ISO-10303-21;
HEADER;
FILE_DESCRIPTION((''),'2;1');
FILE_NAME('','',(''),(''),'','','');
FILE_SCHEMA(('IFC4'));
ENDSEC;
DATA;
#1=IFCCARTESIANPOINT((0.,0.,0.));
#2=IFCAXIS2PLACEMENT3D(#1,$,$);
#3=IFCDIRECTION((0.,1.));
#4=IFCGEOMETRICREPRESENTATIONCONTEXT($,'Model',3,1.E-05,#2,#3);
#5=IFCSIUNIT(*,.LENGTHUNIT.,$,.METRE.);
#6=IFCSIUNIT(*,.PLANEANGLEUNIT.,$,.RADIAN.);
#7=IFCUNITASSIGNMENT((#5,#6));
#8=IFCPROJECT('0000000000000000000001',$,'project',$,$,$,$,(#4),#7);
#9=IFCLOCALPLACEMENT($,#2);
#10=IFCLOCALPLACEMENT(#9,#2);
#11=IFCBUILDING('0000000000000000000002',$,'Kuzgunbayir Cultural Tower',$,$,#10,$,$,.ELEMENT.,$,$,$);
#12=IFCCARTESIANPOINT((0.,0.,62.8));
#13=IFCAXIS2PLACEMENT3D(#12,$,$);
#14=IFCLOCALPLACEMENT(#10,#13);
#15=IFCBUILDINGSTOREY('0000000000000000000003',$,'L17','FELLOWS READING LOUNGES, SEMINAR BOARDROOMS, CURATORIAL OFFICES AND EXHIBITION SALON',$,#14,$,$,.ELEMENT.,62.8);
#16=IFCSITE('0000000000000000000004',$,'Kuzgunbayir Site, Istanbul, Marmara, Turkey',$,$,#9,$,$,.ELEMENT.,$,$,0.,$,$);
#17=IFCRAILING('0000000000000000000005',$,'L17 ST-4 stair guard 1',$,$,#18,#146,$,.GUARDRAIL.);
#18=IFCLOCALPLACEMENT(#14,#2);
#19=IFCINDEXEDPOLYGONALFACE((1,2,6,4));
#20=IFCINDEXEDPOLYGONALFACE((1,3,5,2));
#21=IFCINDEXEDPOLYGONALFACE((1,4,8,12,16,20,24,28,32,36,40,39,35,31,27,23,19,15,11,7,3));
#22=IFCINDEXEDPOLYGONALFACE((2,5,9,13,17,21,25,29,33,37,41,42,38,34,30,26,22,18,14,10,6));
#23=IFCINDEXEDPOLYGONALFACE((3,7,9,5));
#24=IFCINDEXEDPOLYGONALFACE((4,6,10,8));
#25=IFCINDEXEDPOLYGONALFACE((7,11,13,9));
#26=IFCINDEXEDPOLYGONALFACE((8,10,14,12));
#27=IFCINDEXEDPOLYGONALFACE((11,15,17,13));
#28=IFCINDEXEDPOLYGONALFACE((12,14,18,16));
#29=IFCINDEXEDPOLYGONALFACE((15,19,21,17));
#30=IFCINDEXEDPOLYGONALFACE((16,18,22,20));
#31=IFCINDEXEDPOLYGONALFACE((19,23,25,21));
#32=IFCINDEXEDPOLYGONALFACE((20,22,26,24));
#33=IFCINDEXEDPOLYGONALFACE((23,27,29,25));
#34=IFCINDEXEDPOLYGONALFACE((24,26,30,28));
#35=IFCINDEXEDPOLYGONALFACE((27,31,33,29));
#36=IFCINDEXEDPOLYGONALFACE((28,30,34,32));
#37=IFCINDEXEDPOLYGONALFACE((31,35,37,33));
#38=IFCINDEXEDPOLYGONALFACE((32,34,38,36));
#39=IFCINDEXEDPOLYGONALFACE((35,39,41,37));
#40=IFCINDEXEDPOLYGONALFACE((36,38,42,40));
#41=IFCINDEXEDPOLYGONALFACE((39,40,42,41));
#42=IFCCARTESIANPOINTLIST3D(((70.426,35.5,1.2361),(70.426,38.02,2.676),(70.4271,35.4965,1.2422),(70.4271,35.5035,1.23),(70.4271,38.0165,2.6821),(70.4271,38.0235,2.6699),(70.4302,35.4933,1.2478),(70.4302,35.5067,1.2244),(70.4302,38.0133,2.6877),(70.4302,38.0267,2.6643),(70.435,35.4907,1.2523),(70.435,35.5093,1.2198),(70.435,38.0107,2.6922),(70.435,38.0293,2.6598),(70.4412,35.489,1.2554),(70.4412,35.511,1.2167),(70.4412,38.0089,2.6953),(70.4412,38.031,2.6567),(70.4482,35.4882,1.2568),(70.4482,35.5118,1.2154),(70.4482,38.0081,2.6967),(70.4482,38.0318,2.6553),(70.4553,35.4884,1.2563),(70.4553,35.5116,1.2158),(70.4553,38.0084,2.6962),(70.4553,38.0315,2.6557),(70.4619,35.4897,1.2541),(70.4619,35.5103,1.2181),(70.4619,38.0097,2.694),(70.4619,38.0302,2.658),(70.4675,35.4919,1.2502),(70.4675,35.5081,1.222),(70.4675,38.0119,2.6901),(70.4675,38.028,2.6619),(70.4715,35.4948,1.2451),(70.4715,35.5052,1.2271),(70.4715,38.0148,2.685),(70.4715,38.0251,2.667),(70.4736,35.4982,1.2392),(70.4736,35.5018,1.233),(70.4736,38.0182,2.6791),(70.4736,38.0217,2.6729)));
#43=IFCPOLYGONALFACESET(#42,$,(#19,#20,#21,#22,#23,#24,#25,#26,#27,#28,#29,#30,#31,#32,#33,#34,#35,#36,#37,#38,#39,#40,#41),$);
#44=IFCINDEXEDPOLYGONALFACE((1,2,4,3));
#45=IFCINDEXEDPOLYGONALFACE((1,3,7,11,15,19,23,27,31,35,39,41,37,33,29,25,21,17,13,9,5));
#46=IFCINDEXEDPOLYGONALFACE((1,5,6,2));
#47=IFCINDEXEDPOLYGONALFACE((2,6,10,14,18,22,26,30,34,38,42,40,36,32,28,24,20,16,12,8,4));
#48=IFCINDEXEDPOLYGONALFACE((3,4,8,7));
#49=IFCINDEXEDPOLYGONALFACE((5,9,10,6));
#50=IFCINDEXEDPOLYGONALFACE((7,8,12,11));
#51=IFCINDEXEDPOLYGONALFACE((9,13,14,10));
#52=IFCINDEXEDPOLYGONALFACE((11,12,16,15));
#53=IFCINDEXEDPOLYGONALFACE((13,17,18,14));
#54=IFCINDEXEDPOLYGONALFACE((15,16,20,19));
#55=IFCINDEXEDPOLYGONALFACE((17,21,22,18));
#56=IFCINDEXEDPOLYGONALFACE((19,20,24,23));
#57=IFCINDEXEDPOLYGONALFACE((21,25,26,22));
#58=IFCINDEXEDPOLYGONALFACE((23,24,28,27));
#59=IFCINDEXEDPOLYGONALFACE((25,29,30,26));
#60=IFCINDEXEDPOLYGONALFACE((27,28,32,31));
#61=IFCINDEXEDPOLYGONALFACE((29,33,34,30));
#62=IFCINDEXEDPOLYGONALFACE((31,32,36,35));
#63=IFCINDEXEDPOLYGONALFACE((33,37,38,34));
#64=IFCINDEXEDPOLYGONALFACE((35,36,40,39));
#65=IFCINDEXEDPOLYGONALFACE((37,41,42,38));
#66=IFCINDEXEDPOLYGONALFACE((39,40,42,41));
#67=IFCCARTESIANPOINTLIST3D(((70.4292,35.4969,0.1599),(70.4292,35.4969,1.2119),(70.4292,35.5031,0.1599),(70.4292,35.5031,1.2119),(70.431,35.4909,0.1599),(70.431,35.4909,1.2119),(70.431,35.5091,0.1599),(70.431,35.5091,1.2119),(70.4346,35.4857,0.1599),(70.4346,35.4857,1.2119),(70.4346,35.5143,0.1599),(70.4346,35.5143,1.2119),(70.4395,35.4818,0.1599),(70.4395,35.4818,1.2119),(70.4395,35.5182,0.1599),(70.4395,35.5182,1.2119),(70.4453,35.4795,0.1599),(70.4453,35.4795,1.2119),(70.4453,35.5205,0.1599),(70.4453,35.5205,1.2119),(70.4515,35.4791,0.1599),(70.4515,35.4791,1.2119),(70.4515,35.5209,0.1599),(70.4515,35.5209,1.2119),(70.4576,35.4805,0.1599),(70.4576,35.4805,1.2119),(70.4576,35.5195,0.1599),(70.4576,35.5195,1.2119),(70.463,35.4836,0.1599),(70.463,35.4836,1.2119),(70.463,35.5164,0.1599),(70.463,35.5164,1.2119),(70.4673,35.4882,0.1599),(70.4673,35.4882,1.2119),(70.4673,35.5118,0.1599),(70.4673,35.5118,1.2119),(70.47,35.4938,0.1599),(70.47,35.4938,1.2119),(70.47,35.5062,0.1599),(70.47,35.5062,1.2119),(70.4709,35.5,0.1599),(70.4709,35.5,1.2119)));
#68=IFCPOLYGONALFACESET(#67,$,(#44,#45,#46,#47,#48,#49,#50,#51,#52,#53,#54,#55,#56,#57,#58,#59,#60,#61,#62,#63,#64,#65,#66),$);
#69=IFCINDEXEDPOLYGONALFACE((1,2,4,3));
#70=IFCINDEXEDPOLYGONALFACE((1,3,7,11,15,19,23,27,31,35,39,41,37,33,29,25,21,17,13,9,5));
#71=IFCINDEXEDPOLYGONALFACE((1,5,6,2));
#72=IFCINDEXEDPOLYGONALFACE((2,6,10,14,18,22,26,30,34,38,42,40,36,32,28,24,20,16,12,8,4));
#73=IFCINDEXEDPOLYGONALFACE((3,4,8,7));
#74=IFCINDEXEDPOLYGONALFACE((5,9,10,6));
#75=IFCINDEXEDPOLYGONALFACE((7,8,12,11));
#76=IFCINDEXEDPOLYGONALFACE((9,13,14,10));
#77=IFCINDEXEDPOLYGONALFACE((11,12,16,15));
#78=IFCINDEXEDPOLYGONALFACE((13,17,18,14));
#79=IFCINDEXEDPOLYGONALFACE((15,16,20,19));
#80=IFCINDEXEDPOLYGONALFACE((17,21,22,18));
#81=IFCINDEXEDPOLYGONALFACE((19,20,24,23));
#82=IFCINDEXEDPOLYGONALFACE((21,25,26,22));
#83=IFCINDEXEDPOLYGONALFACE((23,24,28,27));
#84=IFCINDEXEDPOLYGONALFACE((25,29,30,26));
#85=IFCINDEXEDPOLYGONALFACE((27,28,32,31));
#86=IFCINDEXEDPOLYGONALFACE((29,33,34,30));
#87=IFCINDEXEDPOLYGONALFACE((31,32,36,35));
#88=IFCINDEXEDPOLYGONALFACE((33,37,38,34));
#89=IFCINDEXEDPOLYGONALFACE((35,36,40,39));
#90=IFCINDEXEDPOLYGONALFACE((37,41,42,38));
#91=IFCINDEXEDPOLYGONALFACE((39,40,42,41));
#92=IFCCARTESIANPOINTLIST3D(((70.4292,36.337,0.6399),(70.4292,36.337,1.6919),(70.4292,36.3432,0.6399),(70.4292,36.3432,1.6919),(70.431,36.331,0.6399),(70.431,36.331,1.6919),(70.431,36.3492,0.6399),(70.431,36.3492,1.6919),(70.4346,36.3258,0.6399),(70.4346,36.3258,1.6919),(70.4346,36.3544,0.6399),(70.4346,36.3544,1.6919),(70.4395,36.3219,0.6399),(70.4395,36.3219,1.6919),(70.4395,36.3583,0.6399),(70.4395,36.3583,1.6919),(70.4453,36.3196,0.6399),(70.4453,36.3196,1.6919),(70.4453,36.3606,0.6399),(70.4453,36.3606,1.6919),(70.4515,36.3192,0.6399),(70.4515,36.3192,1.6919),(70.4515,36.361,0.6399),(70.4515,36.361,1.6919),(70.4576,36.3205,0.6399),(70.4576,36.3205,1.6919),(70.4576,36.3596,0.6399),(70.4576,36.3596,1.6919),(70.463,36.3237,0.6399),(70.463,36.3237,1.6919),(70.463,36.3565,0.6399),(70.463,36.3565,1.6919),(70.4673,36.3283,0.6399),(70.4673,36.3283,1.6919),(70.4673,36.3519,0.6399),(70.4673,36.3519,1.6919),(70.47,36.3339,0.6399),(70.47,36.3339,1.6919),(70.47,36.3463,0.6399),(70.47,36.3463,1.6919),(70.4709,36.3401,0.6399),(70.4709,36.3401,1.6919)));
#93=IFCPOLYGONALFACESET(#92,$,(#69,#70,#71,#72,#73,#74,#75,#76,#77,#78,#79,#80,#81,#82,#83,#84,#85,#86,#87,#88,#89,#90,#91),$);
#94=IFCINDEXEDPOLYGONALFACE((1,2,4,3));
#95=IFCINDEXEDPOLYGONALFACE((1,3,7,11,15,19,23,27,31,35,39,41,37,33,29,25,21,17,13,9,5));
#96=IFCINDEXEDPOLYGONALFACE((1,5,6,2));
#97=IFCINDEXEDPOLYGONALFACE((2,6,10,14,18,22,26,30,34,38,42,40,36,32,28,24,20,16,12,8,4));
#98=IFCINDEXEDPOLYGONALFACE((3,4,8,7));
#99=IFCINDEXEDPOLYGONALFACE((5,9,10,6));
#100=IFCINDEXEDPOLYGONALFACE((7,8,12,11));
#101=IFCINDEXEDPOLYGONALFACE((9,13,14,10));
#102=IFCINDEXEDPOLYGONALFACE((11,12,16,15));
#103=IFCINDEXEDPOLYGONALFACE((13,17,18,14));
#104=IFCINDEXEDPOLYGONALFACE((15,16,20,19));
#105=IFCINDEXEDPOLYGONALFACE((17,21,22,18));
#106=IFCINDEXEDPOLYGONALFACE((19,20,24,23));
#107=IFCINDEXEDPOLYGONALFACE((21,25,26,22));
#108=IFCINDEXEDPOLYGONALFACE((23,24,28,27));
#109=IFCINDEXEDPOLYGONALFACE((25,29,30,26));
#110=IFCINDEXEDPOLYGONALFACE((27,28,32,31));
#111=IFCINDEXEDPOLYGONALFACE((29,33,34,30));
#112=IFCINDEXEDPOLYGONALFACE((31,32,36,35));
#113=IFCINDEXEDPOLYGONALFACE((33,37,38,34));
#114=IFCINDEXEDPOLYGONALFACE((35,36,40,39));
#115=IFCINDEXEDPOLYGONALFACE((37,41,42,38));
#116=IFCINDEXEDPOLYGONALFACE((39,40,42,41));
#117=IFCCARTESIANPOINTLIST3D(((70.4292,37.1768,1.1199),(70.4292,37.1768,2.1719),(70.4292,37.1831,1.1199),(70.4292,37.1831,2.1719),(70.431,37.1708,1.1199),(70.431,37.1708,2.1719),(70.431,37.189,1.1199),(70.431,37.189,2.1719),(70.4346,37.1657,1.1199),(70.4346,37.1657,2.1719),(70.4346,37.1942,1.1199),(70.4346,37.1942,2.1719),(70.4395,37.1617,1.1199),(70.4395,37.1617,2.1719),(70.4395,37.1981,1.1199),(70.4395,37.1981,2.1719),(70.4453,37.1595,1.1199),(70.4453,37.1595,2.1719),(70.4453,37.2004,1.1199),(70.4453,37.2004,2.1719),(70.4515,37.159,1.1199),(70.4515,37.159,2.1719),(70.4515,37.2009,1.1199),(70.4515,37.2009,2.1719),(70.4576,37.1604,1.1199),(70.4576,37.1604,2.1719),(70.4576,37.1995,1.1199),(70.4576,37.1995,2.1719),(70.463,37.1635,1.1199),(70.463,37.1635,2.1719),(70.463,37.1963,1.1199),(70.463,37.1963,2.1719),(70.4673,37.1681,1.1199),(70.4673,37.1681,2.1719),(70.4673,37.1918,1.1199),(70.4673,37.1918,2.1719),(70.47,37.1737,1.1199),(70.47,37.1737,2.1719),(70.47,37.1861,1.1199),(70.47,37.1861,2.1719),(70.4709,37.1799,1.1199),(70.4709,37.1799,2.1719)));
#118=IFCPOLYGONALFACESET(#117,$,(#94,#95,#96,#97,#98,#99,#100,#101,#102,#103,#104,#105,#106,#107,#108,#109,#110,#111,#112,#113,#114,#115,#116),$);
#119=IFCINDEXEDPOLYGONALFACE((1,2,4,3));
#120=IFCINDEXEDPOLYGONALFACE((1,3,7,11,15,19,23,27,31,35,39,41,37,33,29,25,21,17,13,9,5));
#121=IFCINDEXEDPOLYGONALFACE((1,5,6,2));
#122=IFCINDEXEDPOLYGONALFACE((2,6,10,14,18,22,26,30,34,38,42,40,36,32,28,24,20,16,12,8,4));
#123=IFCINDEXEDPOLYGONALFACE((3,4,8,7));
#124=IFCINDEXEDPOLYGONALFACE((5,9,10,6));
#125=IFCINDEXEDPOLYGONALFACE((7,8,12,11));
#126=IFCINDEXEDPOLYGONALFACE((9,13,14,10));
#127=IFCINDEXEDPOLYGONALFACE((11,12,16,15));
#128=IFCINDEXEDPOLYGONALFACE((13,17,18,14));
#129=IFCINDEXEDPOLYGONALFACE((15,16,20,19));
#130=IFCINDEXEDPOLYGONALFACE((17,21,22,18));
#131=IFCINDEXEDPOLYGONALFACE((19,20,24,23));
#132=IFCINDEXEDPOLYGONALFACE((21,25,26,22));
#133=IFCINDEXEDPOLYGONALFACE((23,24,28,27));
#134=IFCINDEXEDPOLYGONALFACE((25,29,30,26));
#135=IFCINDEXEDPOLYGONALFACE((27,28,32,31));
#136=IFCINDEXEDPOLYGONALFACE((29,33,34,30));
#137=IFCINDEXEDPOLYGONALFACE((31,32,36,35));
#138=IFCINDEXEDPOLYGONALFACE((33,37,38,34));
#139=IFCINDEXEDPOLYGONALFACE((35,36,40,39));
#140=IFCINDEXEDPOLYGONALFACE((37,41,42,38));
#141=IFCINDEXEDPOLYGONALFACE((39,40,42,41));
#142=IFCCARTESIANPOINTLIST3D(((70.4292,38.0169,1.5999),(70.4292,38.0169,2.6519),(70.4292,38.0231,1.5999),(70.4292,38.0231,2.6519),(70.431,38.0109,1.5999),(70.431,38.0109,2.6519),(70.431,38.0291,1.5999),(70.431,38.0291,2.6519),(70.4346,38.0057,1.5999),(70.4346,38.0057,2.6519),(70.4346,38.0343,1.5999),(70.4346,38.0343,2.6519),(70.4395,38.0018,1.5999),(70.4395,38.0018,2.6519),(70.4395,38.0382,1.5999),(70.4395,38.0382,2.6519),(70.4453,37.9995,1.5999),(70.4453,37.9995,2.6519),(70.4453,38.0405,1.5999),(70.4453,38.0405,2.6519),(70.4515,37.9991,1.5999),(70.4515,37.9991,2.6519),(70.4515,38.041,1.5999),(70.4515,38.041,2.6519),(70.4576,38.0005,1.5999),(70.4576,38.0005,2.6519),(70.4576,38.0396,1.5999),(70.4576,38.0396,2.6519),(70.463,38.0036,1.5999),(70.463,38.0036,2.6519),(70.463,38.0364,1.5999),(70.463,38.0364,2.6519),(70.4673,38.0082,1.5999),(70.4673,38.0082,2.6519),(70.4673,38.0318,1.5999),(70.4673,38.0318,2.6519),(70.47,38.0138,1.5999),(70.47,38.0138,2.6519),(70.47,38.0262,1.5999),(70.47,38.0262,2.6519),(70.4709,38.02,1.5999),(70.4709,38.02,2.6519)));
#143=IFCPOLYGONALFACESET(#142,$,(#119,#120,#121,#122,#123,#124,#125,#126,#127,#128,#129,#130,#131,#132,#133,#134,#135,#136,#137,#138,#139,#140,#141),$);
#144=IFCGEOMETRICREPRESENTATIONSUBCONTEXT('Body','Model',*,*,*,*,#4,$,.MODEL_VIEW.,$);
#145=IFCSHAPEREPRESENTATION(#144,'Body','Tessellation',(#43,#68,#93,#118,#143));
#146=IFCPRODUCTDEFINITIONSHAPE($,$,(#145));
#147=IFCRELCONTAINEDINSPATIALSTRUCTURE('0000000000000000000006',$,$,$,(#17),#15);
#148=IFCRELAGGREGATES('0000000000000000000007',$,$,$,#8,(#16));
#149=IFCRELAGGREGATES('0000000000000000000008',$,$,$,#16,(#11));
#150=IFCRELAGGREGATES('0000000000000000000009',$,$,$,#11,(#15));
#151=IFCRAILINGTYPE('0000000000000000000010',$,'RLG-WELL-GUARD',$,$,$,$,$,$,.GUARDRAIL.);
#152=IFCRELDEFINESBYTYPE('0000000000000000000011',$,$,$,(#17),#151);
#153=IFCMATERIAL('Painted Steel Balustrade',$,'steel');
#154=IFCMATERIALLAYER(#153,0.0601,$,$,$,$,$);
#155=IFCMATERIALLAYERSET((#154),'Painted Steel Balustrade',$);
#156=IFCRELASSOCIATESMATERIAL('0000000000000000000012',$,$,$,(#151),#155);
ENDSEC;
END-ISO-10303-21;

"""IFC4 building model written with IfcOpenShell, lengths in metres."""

from ifc_helpers import new_model, si_unit, direction, frame, origin, origin_2d, place, context, subcontext, project, spatial, circle, extrude, material, layer, layer_set, type_object, element, save


model = new_model("IFC4")

# Units and contexts
model_context = context("Model", 3, precision=1e-05, world=origin(), true_north=direction((0.0, 1.0)))
body_context = subcontext(model_context, "Body", "Model", "MODEL_VIEW")
ifc_project = project(units=[si_unit("LENGTHUNIT", "METRE"), si_unit("PLANEANGLEUNIT", "RADIAN")], contexts=[model_context])

# Site, building, storey
site_placement = place(None, origin())
site = spatial("IfcSite", under=ifc_project, at=site_placement, Name="Kuzgunbayir Site, Istanbul, Marmara, Turkey", CompositionType="ELEMENT", RefElevation=0.0)
building_placement = place(site_placement, origin())
building = spatial("IfcBuilding", under=site, at=building_placement, Name="Kuzgunbayir Cultural Tower", CompositionType="ELEMENT")
storey_placement = place(building_placement, frame((0.0, 0.0, 62.8)))
storey = spatial("IfcBuildingStorey", under=building, at=storey_placement, Name="L17", Description="FELLOWS READING LOUNGES, SEMINAR BOARDROOMS, CURATORIAL OFFICES AND EXHIBITION SALON", CompositionType="ELEMENT", Elevation=62.8)

# Railing
ifc_material_1 = material(Name="Painted Steel Balustrade", Category="steel")
ifc_layer_1 = layer(ifc_material_1, 0.0601)
ifc_layer_set_1 = layer_set([ifc_layer_1], Name="Painted Steel Balustrade")
railing_type = type_object("IfcRailingType", Name="RLG-WELL-GUARD", PredefinedType="GUARDRAIL", material=ifc_layer_set_1)
railing_1_placement = place(storey_placement, frame((70.45, 35.5, 0.1599)))
element("IfcRailing", 1, at=railing_1_placement, inside=storey, type_object=railing_type, Name="L17 ST-4 stair guard 1", PredefinedType="GUARDRAIL", context=body_context, shape_type="SweptSolid", body=[
    extrude(circle(Radius=0.0239, at=origin_2d()), frame((0.0, 0.0, 1.0762), z_axis=(0.0, 0.868253, 0.496121), x_axis=(-1.0, 0.0, 0.0)), (0.0, 0.0, 1.0), 2.9023),
    extrude(circle(Radius=0.021, at=origin_2d()), origin(), (0.0, 0.0, 1.0), 1.052),
    extrude(circle(Radius=0.021, at=origin_2d()), frame((0.0, 0.8401, 0.48)), (0.0, 0.0, 1.0), 1.052),
    extrude(circle(Radius=0.021, at=origin_2d()), frame((0.0, 1.6799, 0.96)), (0.0, 0.0, 1.0), 1.052),
    extrude(circle(Radius=0.021, at=origin_2d()), frame((0.0, 2.52, 1.4399)), (0.0, 0.0, 1.0), 1.052),
])

save(model, "model.ifc")
